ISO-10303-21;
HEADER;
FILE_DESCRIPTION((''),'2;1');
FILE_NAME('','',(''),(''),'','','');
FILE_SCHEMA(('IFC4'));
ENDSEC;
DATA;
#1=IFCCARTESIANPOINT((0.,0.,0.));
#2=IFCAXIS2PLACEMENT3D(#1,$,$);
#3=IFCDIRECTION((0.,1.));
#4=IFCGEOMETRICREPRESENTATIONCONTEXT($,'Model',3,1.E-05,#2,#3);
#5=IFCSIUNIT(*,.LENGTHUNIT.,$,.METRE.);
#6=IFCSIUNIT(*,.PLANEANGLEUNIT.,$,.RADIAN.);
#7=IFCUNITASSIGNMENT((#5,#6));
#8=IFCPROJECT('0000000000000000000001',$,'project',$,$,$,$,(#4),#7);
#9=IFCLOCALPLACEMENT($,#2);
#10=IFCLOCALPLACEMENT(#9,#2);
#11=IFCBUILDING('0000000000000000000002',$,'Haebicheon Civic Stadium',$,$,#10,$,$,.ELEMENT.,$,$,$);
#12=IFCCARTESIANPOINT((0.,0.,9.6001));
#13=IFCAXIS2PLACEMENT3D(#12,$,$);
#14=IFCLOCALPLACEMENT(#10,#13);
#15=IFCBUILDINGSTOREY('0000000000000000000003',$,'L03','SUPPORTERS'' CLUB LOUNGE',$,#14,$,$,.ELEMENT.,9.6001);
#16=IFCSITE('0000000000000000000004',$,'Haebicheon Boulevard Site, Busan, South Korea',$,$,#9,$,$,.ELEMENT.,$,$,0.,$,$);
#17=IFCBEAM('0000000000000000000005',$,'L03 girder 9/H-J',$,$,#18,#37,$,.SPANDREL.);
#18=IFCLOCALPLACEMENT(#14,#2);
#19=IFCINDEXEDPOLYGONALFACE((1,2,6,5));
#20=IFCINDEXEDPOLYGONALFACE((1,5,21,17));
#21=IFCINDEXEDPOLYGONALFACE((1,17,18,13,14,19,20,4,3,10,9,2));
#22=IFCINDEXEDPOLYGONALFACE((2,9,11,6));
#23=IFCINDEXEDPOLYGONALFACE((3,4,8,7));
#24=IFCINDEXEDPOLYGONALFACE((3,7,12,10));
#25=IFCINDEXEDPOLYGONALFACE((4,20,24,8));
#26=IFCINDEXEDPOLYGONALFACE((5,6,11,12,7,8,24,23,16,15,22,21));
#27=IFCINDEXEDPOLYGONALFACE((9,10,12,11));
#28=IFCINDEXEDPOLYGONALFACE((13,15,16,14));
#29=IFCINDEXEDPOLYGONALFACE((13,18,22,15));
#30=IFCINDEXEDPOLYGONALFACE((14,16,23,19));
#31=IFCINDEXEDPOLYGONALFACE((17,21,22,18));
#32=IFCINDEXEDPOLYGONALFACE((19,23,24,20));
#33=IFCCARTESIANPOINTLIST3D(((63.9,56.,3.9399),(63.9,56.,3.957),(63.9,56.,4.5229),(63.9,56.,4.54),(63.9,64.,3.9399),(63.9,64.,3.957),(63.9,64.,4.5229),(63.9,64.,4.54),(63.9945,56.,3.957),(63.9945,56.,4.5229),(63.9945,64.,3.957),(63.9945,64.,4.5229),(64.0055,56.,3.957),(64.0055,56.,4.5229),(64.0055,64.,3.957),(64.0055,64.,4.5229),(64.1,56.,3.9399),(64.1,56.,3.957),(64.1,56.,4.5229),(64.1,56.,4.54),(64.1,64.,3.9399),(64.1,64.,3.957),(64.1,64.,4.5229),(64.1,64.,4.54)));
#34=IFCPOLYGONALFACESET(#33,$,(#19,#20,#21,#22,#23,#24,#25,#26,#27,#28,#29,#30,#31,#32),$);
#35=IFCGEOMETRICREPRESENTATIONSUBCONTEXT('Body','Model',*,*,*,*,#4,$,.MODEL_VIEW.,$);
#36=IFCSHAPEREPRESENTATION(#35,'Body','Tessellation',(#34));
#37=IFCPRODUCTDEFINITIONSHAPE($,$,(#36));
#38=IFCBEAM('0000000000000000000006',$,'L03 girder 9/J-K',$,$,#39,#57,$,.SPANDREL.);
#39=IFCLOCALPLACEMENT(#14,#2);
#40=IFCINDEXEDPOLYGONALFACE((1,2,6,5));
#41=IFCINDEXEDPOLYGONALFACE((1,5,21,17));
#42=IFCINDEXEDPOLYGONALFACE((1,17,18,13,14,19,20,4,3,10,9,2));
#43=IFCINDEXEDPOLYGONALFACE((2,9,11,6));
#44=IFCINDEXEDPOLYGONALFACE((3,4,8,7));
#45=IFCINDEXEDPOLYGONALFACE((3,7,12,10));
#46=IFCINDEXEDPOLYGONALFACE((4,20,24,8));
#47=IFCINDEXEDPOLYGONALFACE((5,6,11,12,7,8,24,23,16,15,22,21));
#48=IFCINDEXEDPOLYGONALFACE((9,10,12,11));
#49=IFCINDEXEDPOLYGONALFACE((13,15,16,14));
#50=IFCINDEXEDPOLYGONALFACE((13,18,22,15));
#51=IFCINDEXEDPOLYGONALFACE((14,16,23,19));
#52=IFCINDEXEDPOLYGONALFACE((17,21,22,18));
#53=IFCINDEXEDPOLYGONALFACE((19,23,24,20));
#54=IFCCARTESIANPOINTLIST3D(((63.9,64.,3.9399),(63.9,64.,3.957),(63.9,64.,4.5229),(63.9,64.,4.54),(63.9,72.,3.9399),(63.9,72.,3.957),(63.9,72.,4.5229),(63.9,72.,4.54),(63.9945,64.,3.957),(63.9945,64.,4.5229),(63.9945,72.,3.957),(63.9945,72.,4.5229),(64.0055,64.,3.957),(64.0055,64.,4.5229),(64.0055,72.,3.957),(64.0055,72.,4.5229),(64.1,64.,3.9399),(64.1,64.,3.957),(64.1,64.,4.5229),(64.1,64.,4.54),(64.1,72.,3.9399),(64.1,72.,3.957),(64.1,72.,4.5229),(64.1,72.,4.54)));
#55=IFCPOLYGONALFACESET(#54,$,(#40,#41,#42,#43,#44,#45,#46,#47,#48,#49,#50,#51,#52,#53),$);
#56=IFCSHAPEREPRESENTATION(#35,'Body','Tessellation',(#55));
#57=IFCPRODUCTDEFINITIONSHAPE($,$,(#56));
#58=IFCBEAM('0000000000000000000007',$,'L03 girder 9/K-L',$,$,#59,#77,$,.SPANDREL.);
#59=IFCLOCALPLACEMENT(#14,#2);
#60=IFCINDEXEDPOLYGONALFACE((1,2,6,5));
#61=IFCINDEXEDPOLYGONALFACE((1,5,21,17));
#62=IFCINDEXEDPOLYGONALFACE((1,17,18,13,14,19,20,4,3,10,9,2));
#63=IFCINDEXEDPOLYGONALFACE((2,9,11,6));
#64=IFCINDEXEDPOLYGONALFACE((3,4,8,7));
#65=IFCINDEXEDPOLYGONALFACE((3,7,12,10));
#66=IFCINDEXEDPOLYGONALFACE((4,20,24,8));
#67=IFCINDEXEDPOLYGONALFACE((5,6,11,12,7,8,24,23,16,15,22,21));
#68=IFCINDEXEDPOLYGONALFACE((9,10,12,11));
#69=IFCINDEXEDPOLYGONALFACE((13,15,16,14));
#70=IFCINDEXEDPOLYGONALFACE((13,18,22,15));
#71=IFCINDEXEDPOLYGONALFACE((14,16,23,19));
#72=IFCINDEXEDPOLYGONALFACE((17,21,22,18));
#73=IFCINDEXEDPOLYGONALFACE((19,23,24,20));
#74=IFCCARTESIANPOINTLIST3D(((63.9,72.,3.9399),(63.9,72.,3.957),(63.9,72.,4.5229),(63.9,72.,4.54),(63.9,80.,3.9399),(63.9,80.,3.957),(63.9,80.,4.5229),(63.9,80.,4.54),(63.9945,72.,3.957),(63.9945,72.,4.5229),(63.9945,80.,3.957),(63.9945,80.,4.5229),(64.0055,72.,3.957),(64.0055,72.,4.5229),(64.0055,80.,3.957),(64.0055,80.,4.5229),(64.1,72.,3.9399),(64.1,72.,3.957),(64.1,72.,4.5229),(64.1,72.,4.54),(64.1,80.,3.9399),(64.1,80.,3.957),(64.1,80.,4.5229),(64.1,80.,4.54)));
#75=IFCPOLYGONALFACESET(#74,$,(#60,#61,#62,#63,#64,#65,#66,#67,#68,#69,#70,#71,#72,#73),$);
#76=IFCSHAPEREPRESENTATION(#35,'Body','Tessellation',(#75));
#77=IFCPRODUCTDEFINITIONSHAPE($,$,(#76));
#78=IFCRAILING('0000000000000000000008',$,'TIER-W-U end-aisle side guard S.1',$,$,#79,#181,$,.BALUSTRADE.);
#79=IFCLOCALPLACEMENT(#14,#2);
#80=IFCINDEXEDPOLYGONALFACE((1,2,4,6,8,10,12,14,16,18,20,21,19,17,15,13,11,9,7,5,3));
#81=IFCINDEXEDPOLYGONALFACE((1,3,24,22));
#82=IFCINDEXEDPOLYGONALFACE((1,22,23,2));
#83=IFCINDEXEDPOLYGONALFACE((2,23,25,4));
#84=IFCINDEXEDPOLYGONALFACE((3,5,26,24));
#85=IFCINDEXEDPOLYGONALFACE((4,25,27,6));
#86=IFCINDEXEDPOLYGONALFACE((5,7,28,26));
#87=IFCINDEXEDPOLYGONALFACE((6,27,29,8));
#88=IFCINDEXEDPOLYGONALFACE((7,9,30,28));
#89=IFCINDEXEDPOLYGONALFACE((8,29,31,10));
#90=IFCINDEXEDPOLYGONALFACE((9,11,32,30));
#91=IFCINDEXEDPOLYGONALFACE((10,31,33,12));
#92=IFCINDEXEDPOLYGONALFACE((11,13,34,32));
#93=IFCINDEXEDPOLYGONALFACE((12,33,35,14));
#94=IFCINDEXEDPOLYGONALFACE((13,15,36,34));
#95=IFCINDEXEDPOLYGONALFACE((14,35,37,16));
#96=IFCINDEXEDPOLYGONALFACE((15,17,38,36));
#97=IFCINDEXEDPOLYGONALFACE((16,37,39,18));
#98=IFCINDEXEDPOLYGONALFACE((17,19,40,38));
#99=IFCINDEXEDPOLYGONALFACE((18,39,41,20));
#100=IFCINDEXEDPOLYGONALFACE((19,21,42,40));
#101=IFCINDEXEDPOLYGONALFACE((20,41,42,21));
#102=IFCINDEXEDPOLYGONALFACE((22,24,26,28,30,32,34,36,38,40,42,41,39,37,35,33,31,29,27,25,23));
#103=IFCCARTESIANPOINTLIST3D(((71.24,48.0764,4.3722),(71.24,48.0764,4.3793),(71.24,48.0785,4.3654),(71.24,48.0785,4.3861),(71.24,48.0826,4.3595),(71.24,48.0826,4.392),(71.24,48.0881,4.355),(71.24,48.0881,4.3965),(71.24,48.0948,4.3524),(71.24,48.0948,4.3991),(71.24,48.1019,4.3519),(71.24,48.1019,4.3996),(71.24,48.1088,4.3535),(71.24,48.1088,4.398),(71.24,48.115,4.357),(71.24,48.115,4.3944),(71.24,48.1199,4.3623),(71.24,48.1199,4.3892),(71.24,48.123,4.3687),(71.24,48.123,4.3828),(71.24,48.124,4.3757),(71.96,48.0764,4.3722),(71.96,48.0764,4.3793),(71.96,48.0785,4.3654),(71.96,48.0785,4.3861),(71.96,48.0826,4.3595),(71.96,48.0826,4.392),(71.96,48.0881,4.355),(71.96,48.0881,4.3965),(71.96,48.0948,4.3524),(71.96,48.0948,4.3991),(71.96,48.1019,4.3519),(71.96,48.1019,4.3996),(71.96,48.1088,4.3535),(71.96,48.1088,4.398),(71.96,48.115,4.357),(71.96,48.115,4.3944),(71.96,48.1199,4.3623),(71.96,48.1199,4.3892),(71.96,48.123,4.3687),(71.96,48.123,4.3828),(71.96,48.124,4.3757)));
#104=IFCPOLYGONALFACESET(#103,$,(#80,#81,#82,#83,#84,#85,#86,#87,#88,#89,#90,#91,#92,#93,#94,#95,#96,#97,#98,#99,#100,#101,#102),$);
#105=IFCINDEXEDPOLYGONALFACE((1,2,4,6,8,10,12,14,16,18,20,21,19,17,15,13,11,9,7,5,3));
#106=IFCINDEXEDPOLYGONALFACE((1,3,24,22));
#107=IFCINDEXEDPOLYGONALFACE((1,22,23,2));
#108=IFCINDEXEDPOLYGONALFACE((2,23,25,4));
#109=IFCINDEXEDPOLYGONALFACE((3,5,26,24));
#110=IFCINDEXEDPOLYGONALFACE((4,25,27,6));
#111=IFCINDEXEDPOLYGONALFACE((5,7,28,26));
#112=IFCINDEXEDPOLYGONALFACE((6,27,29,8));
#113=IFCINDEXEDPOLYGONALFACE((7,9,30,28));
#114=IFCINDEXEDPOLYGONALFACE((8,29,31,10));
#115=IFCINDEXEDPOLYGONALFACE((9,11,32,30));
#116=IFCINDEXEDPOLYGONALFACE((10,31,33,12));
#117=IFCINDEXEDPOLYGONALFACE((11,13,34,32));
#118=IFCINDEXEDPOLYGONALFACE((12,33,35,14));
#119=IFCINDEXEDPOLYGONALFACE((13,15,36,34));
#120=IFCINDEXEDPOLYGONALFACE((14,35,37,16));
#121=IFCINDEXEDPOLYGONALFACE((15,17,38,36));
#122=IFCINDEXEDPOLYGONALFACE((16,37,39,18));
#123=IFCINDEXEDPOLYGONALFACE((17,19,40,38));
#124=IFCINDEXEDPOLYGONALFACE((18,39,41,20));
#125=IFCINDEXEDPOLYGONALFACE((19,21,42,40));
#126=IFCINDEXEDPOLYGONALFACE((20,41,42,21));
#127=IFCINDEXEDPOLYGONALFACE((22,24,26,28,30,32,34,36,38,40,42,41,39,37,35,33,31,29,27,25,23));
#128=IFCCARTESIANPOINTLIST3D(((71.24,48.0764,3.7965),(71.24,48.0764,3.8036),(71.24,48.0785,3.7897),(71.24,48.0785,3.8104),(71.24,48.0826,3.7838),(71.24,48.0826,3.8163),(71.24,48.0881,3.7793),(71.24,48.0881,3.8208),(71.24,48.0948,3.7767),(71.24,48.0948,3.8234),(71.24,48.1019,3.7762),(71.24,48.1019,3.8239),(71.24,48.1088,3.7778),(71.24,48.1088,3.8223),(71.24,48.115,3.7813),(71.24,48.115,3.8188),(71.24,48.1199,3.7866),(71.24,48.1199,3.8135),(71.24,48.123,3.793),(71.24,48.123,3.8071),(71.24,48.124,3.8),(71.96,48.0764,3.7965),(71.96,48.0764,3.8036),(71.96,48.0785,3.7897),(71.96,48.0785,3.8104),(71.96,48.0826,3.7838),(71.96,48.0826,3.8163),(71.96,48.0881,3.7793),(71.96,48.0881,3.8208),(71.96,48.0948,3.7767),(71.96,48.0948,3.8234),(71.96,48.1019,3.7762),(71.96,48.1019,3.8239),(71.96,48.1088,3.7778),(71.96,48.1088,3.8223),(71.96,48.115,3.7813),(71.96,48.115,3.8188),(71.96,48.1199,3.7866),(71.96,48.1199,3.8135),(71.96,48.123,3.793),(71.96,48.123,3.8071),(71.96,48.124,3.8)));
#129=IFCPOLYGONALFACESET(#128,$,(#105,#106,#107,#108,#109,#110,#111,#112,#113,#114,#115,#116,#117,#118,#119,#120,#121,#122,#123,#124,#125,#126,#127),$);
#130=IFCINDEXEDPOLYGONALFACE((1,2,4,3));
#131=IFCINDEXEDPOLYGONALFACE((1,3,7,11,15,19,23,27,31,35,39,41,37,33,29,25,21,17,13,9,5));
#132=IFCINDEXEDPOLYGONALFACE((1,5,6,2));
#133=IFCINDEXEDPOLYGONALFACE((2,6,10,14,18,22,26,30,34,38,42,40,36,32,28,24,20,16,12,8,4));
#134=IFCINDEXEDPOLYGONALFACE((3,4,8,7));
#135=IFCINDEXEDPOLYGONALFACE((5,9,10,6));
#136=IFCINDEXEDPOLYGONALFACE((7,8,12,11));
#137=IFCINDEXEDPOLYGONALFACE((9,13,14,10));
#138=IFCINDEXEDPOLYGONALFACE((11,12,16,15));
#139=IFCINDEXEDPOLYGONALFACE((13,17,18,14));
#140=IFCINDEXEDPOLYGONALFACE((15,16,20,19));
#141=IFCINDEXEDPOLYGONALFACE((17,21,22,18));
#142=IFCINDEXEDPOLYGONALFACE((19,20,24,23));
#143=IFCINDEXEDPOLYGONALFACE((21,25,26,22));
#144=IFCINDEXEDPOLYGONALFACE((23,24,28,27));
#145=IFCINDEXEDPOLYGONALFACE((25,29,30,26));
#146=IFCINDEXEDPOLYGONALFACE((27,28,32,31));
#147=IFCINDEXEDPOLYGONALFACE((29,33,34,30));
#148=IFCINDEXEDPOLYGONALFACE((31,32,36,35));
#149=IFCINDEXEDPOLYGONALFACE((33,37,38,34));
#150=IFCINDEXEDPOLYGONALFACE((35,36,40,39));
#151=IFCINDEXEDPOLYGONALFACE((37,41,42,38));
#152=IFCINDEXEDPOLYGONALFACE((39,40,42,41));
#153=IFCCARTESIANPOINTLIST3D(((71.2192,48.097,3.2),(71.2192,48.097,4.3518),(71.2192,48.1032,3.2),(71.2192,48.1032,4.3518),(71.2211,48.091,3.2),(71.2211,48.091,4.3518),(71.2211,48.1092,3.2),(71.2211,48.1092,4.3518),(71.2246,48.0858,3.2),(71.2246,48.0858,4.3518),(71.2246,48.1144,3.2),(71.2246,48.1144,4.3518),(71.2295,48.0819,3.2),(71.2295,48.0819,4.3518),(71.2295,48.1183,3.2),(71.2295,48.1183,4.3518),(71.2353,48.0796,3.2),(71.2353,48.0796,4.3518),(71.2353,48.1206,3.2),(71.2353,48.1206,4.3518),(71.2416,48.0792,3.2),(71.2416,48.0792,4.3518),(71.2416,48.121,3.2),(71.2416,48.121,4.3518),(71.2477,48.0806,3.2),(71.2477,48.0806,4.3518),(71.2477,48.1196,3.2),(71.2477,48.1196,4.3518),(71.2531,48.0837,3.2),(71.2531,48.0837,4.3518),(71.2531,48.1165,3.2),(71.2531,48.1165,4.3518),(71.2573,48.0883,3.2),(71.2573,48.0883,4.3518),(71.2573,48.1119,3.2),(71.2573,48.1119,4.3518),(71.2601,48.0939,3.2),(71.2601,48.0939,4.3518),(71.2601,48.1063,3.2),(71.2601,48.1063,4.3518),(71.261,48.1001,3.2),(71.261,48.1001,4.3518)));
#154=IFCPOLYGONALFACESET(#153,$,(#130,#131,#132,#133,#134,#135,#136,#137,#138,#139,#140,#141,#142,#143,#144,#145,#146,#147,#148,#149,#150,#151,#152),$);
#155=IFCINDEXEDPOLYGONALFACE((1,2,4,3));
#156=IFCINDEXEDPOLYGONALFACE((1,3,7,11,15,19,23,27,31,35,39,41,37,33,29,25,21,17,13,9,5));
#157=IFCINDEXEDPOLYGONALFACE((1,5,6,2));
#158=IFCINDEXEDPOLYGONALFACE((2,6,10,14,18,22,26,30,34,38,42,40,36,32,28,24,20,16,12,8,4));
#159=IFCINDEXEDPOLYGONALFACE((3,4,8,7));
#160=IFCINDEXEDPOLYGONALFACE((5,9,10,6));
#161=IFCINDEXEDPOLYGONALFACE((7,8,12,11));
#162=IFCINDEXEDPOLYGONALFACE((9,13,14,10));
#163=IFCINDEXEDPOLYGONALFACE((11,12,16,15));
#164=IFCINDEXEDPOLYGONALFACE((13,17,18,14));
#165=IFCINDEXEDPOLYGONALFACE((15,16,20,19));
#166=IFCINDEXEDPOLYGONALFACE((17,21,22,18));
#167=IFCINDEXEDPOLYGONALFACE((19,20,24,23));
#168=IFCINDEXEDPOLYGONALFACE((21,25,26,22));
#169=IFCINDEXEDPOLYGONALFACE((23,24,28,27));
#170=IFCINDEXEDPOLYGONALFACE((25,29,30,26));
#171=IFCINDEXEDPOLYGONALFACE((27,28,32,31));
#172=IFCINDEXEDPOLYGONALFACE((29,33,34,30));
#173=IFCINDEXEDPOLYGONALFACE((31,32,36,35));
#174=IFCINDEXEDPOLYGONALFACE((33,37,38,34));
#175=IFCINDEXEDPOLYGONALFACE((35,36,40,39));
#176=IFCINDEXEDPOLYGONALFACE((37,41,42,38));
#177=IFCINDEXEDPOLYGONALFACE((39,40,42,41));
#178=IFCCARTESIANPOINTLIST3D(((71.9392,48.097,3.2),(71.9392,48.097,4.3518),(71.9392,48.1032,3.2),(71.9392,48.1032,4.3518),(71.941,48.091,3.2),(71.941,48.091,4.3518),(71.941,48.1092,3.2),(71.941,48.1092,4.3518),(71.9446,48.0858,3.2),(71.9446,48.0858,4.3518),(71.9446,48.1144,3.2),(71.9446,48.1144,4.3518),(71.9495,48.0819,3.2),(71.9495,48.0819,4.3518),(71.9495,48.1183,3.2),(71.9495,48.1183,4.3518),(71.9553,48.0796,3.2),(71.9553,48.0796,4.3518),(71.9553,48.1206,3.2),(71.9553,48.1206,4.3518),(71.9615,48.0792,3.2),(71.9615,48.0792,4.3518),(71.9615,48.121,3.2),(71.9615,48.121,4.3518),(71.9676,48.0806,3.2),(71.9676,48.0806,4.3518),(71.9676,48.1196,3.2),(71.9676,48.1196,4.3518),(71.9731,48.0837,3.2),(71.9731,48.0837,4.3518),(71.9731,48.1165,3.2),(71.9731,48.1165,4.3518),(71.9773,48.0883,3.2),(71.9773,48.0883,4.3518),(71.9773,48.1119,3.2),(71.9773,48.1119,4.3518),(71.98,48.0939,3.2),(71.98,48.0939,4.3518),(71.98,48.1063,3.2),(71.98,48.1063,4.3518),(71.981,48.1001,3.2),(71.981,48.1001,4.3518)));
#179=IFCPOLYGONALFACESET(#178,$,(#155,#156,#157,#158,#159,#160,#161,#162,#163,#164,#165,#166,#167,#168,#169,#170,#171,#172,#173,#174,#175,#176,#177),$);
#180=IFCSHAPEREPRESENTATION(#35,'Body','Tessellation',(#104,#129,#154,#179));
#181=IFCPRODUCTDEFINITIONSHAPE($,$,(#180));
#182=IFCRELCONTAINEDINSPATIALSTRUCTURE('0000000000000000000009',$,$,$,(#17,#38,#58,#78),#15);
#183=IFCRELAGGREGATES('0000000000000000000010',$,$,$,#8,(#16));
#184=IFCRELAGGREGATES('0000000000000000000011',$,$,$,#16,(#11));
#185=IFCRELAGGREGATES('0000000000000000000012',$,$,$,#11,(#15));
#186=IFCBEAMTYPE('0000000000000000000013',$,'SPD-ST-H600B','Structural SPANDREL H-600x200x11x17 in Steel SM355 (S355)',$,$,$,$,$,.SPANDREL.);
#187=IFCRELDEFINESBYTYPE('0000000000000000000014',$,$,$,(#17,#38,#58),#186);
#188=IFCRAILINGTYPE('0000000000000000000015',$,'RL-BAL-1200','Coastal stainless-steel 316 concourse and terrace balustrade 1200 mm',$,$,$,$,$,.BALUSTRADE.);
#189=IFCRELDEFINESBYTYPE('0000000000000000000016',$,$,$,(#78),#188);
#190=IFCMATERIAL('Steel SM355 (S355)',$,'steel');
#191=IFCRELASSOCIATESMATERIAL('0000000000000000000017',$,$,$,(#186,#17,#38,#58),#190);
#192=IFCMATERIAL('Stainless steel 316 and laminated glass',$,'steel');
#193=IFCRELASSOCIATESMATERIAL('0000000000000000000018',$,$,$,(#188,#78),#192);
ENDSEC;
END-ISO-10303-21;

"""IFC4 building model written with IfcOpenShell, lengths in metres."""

from ifc_helpers import new_model, si_unit, direction, frame, origin, origin_2d, place, context, subcontext, project, spatial, circle, i_section, extrude, material, material_profile, profile_set, type_object, element, save


model = new_model("IFC4")

# Units and contexts
model_context = context("Model", 3, precision=1e-05, world=origin(), true_north=direction((0.0, 1.0)))
body_context = subcontext(model_context, "Body", "Model", "MODEL_VIEW")
ifc_project = project(units=[si_unit("LENGTHUNIT", "METRE"), si_unit("PLANEANGLEUNIT", "RADIAN")], contexts=[model_context])

# Site, building, storey
site_placement = place(None, origin())
site = spatial("IfcSite", under=ifc_project, at=site_placement, Name="Haebicheon Boulevard Site, Busan, South Korea", CompositionType="ELEMENT", RefElevation=0.0)
building_placement = place(site_placement, origin())
building = spatial("IfcBuilding", under=site, at=building_placement, Name="Haebicheon Civic Stadium", CompositionType="ELEMENT")
storey_placement = place(building_placement, frame((0.0, 0.0, 9.6001)))
storey = spatial("IfcBuildingStorey", under=building, at=storey_placement, Name="L03", Description="SUPPORTERS' CLUB LOUNGE", CompositionType="ELEMENT", Elevation=9.6001)

# Beams
ifc_material_1 = material(Name="Steel SM355 (S355)", Category="steel")
ifc_material_profile_1 = material_profile(ifc_material_1, i_section(OverallWidth=0.2, OverallDepth=0.6001, WebThickness=0.011, FlangeThickness=0.0171, at=origin_2d()), Name="H-600x200x11x17")
ifc_profile_set_1 = profile_set([ifc_material_profile_1], Name="Steel SM355 (S355)")
beam_type_1 = type_object("IfcBeamType", Name="SPD-ST-H600B", Description="Structural SPANDREL H-600x200x11x17 in Steel SM355 (S355)", PredefinedType="SPANDREL", material=ifc_profile_set_1)
for number, where, z_axis, x_axis, name in (
    (1, (64.0, 56.0, 4.24), (0.0, 1.0, 0.0), (-1.0, 0.0, 0.0), "L03 girder 9/H-J"),
    (2, (64.0, 64.0, 4.24), (0.0, 1.0, 0.0), (-1.0, 0.0, 0.0), "L03 girder 9/J-K"),
    (3, (64.0, 72.0, 4.24), (0.0, 1.0, 0.0), (-1.0, 0.0, 0.0), "L03 girder 9/K-L"),
):
    element("IfcBeam", number, at=place(storey_placement, frame(where, z_axis=z_axis, x_axis=x_axis)), inside=storey, type_object=beam_type_1, material=ifc_profile_set_1, Name=name, PredefinedType="SPANDREL", context=body_context, shape_type="SweptSolid", body=[
        extrude(i_section(OverallWidth=0.2, OverallDepth=0.6001, WebThickness=0.011, FlangeThickness=0.0171, at=origin_2d()), origin(), (0.0, 0.0, 1.0), 8.0),
    ])

# Railing
ifc_material_2 = material(Name="Stainless steel 316 and laminated glass", Category="steel")
railing_type = type_object("IfcRailingType", Name="RL-BAL-1200", Description="Coastal stainless-steel 316 concourse and terrace balustrade 1200 mm", PredefinedType="BALUSTRADE", material=ifc_material_2)
railing_placement = place(storey_placement, frame((71.24, 48.1001, 3.2)))
element("IfcRailing", 4, at=railing_placement, inside=storey, type_object=railing_type, material=ifc_material_2, Name="TIER-W-U end-aisle side guard S.1", PredefinedType="BALUSTRADE", context=body_context, shape_type="SweptSolid", body=[
    extrude(circle(Radius=0.0239, at=origin_2d()), frame((0.0, 0.0, 1.1758), z_axis=(1.0, 0.0, 0.0), x_axis=(0.0, 1.0, 0.0)), (0.0, 0.0, 1.0), 0.72),
    extrude(circle(Radius=0.0239, at=origin_2d()), frame((0.0, 0.0, 0.6001), z_axis=(1.0, 0.0, 0.0), x_axis=(0.0, 1.0, 0.0)), (0.0, 0.0, 1.0), 0.72),
    extrude(circle(Radius=0.021, at=origin_2d()), origin(), (0.0, 0.0, 1.0), 1.1519),
    extrude(circle(Radius=0.021, at=origin_2d()), frame((0.72, 0.0, 0.0)), (0.0, 0.0, 1.0), 1.1519),
])

save(model, "model.ifc")
